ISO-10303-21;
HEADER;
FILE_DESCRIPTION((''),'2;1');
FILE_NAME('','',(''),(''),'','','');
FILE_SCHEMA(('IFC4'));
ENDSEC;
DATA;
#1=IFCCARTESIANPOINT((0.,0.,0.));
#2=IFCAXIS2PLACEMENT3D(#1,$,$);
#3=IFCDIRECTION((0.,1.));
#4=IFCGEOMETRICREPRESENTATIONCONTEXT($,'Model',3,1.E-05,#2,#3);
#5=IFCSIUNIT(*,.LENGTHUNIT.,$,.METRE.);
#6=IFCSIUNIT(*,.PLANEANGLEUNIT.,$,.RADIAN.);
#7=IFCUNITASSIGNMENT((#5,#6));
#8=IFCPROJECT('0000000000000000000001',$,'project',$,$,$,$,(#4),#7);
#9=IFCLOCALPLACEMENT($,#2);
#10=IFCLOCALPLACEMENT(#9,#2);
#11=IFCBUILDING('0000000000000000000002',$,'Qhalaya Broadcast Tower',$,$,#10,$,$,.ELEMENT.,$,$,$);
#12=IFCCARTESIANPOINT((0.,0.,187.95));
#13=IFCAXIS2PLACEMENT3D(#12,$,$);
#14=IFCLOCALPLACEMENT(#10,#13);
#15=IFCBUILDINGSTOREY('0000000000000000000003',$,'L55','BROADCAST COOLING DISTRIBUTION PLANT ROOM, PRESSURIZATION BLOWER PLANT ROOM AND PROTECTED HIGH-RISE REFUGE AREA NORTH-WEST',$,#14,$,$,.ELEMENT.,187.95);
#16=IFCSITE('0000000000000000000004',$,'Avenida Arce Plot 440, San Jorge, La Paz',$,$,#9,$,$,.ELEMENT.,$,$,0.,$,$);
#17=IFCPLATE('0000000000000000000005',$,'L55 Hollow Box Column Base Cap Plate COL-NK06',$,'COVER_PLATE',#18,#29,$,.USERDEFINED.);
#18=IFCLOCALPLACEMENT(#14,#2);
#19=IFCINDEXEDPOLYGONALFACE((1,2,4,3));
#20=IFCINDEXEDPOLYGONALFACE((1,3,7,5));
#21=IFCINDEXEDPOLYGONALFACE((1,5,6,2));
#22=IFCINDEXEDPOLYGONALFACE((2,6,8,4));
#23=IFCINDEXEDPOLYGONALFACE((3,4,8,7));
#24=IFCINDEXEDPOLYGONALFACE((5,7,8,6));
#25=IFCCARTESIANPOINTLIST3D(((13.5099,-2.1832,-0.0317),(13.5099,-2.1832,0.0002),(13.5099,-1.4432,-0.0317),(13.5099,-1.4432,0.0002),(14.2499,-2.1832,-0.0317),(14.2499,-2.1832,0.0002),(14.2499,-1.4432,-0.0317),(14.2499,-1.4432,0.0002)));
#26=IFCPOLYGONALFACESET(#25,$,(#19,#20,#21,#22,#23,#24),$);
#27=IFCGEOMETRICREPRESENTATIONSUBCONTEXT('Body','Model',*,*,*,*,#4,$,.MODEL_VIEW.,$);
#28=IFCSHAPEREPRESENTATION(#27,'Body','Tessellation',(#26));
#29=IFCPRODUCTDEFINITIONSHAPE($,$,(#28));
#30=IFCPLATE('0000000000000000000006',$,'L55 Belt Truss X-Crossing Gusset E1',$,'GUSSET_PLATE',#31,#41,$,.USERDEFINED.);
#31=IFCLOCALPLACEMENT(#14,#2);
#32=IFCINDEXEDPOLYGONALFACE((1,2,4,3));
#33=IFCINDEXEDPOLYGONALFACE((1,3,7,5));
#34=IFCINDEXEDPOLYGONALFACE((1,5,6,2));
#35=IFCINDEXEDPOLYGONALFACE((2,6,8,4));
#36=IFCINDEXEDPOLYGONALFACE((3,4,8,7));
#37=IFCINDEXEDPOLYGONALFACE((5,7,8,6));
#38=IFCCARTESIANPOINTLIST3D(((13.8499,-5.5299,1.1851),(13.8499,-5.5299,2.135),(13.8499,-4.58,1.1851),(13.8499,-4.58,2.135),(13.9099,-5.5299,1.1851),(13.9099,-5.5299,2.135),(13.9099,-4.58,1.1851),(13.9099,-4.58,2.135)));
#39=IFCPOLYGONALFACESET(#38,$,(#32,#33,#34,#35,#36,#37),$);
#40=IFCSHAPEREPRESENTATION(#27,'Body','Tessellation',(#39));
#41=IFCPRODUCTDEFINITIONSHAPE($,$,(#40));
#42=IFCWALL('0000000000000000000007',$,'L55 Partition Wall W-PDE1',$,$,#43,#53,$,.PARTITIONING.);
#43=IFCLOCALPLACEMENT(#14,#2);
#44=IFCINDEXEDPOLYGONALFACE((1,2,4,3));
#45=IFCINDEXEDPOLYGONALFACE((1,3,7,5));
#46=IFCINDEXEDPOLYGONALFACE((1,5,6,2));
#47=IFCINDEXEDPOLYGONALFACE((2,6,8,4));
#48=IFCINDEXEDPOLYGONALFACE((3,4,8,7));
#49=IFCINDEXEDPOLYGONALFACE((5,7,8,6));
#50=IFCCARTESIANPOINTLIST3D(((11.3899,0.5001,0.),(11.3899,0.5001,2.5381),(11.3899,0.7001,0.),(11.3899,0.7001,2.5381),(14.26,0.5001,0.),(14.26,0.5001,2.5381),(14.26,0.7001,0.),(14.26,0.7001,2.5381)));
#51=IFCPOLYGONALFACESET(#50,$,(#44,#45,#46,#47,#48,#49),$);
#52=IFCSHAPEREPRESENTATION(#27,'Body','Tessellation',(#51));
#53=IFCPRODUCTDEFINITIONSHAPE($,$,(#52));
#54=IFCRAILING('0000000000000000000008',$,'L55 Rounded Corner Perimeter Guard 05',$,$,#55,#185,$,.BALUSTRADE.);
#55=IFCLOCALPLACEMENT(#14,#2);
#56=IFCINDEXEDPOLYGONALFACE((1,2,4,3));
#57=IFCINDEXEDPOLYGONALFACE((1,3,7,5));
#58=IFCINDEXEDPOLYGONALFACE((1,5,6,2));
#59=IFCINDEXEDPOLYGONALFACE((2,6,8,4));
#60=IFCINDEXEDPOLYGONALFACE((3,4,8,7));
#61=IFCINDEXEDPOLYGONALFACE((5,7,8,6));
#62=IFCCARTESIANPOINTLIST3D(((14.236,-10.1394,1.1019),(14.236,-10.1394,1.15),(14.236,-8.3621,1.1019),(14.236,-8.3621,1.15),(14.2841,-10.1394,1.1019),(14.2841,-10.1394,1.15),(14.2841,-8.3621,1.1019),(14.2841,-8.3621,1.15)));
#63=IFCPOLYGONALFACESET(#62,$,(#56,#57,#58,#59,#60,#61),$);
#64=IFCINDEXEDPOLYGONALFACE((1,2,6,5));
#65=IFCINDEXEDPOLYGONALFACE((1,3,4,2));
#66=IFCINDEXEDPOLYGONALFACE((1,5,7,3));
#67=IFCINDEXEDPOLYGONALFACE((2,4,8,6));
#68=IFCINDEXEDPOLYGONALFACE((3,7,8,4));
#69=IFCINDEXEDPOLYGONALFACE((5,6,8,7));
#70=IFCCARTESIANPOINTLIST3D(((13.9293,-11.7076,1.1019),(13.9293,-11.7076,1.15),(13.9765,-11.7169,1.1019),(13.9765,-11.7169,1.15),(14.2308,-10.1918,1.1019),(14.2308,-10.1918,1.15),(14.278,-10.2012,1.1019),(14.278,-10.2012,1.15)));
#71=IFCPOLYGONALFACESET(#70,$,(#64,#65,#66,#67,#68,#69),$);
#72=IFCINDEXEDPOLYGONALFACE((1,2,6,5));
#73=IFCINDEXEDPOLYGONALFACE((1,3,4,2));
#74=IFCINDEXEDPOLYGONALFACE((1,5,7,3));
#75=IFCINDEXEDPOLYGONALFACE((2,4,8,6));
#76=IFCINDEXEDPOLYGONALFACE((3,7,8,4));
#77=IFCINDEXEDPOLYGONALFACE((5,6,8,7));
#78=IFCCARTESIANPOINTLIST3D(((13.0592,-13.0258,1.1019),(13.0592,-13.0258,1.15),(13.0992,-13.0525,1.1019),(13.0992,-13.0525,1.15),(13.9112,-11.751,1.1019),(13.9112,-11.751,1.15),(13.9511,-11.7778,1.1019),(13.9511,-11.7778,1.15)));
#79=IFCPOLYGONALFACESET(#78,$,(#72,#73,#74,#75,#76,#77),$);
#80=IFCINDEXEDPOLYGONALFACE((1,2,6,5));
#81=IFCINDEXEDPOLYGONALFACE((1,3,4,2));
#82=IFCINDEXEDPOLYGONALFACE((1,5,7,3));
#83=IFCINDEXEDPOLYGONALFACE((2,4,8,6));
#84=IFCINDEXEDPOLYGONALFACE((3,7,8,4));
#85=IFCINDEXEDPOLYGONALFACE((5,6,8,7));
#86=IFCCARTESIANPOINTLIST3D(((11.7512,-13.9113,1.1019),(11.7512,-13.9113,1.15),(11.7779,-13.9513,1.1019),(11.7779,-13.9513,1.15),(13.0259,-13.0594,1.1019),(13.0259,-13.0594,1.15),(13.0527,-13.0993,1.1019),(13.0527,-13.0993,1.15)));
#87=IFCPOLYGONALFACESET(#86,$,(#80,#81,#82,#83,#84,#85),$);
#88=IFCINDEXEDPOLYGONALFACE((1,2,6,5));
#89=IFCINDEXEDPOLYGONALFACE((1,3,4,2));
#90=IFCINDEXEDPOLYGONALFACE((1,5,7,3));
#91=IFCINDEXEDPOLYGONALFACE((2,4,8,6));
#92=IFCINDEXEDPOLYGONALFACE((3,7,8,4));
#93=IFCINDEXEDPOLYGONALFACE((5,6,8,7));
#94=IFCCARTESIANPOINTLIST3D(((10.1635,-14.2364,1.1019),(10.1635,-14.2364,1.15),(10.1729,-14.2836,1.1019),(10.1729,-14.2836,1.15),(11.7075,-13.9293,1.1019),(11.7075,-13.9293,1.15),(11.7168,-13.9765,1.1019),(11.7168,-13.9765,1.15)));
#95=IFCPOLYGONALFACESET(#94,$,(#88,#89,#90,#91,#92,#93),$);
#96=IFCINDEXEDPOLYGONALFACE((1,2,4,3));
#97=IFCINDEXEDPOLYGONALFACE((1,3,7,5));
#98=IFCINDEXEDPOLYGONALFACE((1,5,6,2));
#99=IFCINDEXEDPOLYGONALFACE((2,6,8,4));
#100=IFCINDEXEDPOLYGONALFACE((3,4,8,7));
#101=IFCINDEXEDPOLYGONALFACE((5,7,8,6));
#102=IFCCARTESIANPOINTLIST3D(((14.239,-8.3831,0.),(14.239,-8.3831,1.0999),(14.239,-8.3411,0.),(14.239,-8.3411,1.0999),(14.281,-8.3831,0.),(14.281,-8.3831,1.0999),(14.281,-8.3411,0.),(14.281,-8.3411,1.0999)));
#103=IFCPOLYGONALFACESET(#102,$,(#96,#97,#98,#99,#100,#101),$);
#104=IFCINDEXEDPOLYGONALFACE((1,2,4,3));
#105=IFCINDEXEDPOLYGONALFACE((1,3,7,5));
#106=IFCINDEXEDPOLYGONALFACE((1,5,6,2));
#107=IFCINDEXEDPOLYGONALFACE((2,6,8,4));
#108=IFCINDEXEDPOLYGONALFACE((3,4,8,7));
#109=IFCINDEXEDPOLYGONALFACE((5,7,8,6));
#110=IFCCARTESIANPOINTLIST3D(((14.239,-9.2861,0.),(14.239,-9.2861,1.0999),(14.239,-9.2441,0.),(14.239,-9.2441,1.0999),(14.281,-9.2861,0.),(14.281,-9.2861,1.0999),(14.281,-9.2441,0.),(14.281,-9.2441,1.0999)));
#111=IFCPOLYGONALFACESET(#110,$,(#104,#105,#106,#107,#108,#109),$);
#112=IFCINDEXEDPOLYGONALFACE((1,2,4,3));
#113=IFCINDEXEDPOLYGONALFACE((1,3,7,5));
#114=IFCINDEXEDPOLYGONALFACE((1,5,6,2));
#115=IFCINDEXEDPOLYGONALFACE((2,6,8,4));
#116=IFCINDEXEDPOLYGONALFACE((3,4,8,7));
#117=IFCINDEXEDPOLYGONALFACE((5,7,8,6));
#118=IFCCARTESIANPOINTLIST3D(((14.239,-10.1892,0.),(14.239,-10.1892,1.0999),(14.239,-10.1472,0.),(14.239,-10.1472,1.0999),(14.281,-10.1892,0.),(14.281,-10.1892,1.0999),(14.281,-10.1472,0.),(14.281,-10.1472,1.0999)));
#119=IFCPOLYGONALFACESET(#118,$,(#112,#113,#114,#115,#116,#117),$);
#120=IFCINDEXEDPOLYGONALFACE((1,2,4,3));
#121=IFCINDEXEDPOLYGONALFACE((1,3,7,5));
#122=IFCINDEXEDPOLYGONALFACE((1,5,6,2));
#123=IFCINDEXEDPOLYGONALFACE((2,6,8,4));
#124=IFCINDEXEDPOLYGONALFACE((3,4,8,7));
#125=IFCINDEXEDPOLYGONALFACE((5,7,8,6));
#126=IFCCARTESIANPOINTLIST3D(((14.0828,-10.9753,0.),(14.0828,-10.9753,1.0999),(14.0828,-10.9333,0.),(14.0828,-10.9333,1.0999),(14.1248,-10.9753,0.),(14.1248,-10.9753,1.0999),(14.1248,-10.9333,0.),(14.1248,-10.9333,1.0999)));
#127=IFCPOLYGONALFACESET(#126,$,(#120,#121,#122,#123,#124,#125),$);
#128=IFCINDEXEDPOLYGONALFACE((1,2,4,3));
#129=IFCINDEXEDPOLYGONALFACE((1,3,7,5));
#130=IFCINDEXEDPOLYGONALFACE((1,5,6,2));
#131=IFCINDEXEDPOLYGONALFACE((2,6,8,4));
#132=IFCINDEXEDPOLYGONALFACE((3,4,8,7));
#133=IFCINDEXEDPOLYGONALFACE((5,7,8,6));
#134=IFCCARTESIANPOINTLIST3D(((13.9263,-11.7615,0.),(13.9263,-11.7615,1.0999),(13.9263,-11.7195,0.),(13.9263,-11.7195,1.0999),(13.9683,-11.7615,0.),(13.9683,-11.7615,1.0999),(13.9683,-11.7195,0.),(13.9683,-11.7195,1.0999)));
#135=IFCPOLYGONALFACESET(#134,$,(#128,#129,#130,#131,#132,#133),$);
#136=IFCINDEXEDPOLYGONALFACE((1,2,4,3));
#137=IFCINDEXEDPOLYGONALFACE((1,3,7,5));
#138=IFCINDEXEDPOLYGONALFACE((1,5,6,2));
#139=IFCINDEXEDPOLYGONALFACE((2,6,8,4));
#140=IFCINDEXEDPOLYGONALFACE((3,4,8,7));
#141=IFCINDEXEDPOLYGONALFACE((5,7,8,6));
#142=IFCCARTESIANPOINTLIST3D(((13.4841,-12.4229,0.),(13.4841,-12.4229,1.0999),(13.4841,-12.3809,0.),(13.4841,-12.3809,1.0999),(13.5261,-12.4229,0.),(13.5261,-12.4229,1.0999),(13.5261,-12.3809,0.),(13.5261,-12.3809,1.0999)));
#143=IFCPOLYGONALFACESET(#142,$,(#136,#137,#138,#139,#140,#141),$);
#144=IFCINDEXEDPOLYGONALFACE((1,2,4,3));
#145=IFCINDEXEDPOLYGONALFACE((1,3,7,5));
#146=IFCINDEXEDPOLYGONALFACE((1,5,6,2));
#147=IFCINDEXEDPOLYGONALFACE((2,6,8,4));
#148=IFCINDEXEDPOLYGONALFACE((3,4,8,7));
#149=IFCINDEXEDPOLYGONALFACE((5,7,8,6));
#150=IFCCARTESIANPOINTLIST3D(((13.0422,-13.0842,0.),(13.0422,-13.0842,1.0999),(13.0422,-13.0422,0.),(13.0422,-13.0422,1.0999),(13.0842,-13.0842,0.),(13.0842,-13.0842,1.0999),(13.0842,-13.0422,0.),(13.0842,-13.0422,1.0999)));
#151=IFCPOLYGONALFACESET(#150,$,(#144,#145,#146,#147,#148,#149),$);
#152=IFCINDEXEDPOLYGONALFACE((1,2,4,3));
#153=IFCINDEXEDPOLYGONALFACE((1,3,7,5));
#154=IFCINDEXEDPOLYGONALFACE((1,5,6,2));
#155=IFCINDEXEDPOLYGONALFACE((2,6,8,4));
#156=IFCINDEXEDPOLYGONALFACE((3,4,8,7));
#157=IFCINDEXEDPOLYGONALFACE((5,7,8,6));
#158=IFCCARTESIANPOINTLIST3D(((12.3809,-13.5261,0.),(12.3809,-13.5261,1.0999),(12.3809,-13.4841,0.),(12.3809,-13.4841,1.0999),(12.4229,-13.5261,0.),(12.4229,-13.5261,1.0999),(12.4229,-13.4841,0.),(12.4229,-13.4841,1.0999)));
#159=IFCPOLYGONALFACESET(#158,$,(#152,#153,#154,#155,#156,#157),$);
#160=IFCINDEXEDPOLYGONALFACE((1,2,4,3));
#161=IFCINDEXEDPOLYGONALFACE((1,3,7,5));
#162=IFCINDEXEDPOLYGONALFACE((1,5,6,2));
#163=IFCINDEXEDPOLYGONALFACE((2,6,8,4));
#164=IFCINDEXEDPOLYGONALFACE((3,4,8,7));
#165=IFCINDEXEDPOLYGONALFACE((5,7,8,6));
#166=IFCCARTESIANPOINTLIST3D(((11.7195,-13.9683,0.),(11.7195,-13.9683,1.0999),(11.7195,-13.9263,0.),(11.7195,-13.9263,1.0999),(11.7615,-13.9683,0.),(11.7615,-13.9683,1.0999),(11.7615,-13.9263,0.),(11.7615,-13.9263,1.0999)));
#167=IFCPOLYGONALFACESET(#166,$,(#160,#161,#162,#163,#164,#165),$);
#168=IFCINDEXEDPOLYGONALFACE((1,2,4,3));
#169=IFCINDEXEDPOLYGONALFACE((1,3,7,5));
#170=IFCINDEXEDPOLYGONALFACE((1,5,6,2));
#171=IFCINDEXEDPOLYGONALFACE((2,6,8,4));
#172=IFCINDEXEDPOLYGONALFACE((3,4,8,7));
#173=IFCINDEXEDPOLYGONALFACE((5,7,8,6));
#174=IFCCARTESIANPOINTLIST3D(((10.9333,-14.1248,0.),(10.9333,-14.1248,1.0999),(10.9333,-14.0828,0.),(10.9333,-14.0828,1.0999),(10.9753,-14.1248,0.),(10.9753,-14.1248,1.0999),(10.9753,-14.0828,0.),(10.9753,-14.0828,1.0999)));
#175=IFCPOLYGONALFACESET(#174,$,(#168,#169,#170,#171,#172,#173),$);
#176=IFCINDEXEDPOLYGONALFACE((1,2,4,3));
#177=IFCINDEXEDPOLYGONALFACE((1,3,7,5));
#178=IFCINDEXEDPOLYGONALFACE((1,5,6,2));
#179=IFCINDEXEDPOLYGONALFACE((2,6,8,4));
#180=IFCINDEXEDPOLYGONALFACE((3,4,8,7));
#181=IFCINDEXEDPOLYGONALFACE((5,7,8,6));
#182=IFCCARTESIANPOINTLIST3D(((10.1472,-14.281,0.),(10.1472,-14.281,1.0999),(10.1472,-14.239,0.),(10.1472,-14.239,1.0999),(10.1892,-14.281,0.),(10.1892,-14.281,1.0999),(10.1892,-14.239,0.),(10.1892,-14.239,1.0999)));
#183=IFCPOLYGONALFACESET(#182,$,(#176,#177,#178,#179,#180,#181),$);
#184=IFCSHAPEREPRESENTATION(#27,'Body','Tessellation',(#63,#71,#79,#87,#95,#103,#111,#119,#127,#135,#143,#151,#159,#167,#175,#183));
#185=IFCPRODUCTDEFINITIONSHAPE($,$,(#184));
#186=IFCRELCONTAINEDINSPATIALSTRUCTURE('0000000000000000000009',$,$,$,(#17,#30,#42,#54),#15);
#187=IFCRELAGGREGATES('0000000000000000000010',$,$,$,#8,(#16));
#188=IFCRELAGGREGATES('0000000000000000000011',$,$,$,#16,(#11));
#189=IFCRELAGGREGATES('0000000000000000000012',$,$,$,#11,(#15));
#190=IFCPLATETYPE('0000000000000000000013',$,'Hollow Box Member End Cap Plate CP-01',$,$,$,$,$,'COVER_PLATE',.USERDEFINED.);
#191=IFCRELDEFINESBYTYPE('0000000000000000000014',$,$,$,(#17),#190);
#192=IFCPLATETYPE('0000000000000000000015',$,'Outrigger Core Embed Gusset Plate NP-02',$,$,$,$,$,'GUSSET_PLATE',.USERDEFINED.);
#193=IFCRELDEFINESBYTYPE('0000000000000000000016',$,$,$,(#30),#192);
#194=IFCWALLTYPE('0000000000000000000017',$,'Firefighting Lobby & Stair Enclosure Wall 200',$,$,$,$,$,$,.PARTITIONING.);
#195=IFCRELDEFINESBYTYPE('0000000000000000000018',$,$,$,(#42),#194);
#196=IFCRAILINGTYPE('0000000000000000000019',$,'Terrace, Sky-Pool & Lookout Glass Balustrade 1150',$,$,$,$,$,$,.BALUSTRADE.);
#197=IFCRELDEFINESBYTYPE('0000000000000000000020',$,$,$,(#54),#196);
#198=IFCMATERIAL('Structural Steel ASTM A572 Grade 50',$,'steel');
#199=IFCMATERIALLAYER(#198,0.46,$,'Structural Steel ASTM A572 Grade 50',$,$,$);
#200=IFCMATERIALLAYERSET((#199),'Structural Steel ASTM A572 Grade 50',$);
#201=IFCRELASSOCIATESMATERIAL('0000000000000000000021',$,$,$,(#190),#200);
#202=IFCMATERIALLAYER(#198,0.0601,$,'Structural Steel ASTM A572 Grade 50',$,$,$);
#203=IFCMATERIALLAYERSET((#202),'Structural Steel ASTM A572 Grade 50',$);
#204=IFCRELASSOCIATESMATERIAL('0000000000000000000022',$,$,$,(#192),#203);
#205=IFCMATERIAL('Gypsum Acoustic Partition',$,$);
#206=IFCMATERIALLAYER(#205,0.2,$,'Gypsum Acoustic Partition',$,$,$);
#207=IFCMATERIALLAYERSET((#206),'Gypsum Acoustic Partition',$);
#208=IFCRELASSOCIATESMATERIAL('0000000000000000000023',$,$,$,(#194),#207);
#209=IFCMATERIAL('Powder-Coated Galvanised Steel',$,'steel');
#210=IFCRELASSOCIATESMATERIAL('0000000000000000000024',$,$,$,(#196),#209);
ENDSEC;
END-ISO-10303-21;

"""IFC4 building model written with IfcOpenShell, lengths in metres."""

from ifc_helpers import new_model, si_unit, direction, frame, frame_2d, origin, origin_2d, place, context, subcontext, project, spatial, rectangle, extrude, material, layer, layer_set, type_object, element, save


model = new_model("IFC4")

# Units and contexts
model_context = context("Model", 3, precision=1e-05, world=origin(), true_north=direction((0.0, 1.0)))
body_context = subcontext(model_context, "Body", "Model", "MODEL_VIEW")
ifc_project = project(units=[si_unit("LENGTHUNIT", "METRE"), si_unit("PLANEANGLEUNIT", "RADIAN")], contexts=[model_context])

# Site, building, storey
site_placement = place(None, origin())
site = spatial("IfcSite", under=ifc_project, at=site_placement, Name="Avenida Arce Plot 440, San Jorge, La Paz", CompositionType="ELEMENT", RefElevation=0.0)
building_placement = place(site_placement, origin())
building = spatial("IfcBuilding", under=site, at=building_placement, Name="Qhalaya Broadcast Tower", CompositionType="ELEMENT")
storey_placement = place(building_placement, frame((0.0, 0.0, 187.95)))
storey = spatial("IfcBuildingStorey", under=building, at=storey_placement, Name="L55", Description="BROADCAST COOLING DISTRIBUTION PLANT ROOM, PRESSURIZATION BLOWER PLANT ROOM AND PROTECTED HIGH-RISE REFUGE AREA NORTH-WEST", CompositionType="ELEMENT", Elevation=187.95)

# Shared definitions
ifc_material_1 = material(Name="Structural Steel ASTM A572 Grade 50", Category="steel")

# Plates
ifc_layer_1 = layer(ifc_material_1, 0.46, Name="Structural Steel ASTM A572 Grade 50")
ifc_layer_set_1 = layer_set([ifc_layer_1], Name="Structural Steel ASTM A572 Grade 50")
plate_type_1 = type_object("IfcPlateType", Name="Hollow Box Member End Cap Plate CP-01", ElementType="COVER_PLATE", PredefinedType="USERDEFINED", material=ifc_layer_set_1)
plate_1_placement = place(storey_placement, frame((13.8799, -1.8132, -0.0317), z_axis=(0.0, 0.0, 1.0), x_axis=(0.0, 1.0, 0.0)))
element("IfcPlate", 1, at=plate_1_placement, inside=storey, type_object=plate_type_1, Name="L55 Hollow Box Column Base Cap Plate COL-NK06", ObjectType="COVER_PLATE", PredefinedType="USERDEFINED", context=body_context, shape_type="SweptSolid", body=[
    extrude(rectangle(XDim=0.74, YDim=0.74, at=origin_2d()), origin(), (0.0, 0.0, 1.0), 0.032),
])
ifc_layer_2 = layer(ifc_material_1, 0.0601, Name="Structural Steel ASTM A572 Grade 50")
ifc_layer_set_2 = layer_set([ifc_layer_2], Name="Structural Steel ASTM A572 Grade 50")
plate_type_2 = type_object("IfcPlateType", Name="Outrigger Core Embed Gusset Plate NP-02", ElementType="GUSSET_PLATE", PredefinedType="USERDEFINED", material=ifc_layer_set_2)
plate_2_placement = place(storey_placement, frame((13.8799, -5.0549, 1.1851), z_axis=(0.0, 0.0, 1.0), x_axis=(0.0, 1.0, 0.0)))
element("IfcPlate", 2, at=plate_2_placement, inside=storey, type_object=plate_type_2, Name="L55 Belt Truss X-Crossing Gusset E1", ObjectType="GUSSET_PLATE", PredefinedType="USERDEFINED", context=body_context, shape_type="SweptSolid", body=[
    extrude(rectangle(XDim=0.95, YDim=0.0601, at=origin_2d()), origin(), (0.0, 0.0, 1.0), 0.95),
])

# Wall
ifc_material_2 = material(Name="Gypsum Acoustic Partition")
ifc_layer_3 = layer(ifc_material_2, 0.2, Name="Gypsum Acoustic Partition")
ifc_layer_set_3 = layer_set([ifc_layer_3], Name="Gypsum Acoustic Partition")
wall_type = type_object("IfcWallType", Name="Firefighting Lobby & Stair Enclosure Wall 200", PredefinedType="PARTITIONING", material=ifc_layer_set_3)
wall_placement = place(storey_placement, frame((11.3899, 0.6001, 0.0), z_axis=(0.0, 0.0, 1.0), x_axis=(1.0, 0.0, 0.0)))
element("IfcWall", 3, at=wall_placement, inside=storey, type_object=wall_type, Name="L55 Partition Wall W-PDE1", PredefinedType="PARTITIONING", context=body_context, shape_type="SweptSolid", body=[
    extrude(rectangle(XDim=2.8701, YDim=0.2, at=frame_2d((1.4351, 0.0))), origin(), (0.0, 0.0, 1.0), 2.5381),
])

# Railing
ifc_material_3 = material(Name="Powder-Coated Galvanised Steel", Category="steel")
railing_type = type_object("IfcRailingType", Name="Terrace, Sky-Pool & Lookout Glass Balustrade 1150", PredefinedType="BALUSTRADE", material=ifc_material_3)
railing_placement = place(storey_placement, frame((14.26, -8.3621, 0.0)))
element("IfcRailing", 4, at=railing_placement, inside=storey, type_object=railing_type, Name="L55 Rounded Corner Perimeter Guard 05", PredefinedType="BALUSTRADE", context=body_context, shape_type="SweptSolid", body=[
    extrude(rectangle(XDim=0.0481, YDim=0.0481, at=origin_2d()), frame((0.0, 0.0, 1.126), z_axis=(0.0, -1.0, 0.0), x_axis=(1.0, 0.0, 0.0)), (0.0, 0.0, 1.0), 1.7773),
    extrude(rectangle(XDim=0.0481, YDim=0.0481, at=origin_2d()), frame((-0.0056, -1.8345, 1.126), z_axis=(-0.195091, -0.980785, 0.0), x_axis=(0.980785, -0.195091, 0.0)), (0.0, 0.0, 1.0), 1.5454),
    extrude(rectangle(XDim=0.0481, YDim=0.0481, at=origin_2d()), frame((-0.3289, -3.4023, 1.126), z_axis=(-0.555656, -0.831412, 0.0), x_axis=(0.831412, -0.555656, 0.0)), (0.0, 0.0, 1.0), 1.5332),
    extrude(rectangle(XDim=0.0481, YDim=0.0481, at=origin_2d()), frame((-1.2207, -4.7173, 1.126), z_axis=(-0.831412, -0.555656, 0.0), x_axis=(0.555656, -0.831412, 0.0)), (0.0, 0.0, 1.0), 1.5332),
    extrude(rectangle(XDim=0.0481, YDim=0.0481, at=origin_2d()), frame((-2.5479, -5.5908, 1.126), z_axis=(-0.980785, -0.195091, 0.0), x_axis=(0.195091, -0.980785, 0.0)), (0.0, 0.0, 1.0), 1.5742),
    extrude(rectangle(XDim=0.042, YDim=0.042, at=origin_2d()), origin(), (0.0, 0.0, 1.0), 1.0999),
    extrude(rectangle(XDim=0.042, YDim=0.042, at=origin_2d()), frame((0.0, -0.9031, 0.0)), (0.0, 0.0, 1.0), 1.0999),
    extrude(rectangle(XDim=0.042, YDim=0.042, at=origin_2d()), frame((0.0, -1.8062, 0.0)), (0.0, 0.0, 1.0), 1.0999),
    extrude(rectangle(XDim=0.042, YDim=0.042, at=origin_2d()), frame((-0.1562, -2.5923, 0.0)), (0.0, 0.0, 1.0), 1.0999),
    extrude(rectangle(XDim=0.042, YDim=0.042, at=origin_2d()), frame((-0.3127, -3.3784, 0.0)), (0.0, 0.0, 1.0), 1.0999),
    extrude(rectangle(XDim=0.042, YDim=0.042, at=origin_2d()), frame((-0.7549, -4.0398, 0.0)), (0.0, 0.0, 1.0), 1.0999),
    extrude(rectangle(XDim=0.042, YDim=0.042, at=origin_2d()), frame((-1.1968, -4.7012, 0.0)), (0.0, 0.0, 1.0), 1.0999),
    extrude(rectangle(XDim=0.042, YDim=0.042, at=origin_2d()), frame((-1.8582, -5.1431, 0.0)), (0.0, 0.0, 1.0), 1.0999),
    extrude(rectangle(XDim=0.042, YDim=0.042, at=origin_2d()), frame((-2.5195, -5.5852, 0.0)), (0.0, 0.0, 1.0), 1.0999),
    extrude(rectangle(XDim=0.042, YDim=0.042, at=origin_2d()), frame((-3.3057, -5.7417, 0.0)), (0.0, 0.0, 1.0), 1.0999),
    extrude(rectangle(XDim=0.042, YDim=0.042, at=origin_2d()), frame((-4.0918, -5.8979, 0.0)), (0.0, 0.0, 1.0), 1.0999),
])

save(model, "model.ifc")
